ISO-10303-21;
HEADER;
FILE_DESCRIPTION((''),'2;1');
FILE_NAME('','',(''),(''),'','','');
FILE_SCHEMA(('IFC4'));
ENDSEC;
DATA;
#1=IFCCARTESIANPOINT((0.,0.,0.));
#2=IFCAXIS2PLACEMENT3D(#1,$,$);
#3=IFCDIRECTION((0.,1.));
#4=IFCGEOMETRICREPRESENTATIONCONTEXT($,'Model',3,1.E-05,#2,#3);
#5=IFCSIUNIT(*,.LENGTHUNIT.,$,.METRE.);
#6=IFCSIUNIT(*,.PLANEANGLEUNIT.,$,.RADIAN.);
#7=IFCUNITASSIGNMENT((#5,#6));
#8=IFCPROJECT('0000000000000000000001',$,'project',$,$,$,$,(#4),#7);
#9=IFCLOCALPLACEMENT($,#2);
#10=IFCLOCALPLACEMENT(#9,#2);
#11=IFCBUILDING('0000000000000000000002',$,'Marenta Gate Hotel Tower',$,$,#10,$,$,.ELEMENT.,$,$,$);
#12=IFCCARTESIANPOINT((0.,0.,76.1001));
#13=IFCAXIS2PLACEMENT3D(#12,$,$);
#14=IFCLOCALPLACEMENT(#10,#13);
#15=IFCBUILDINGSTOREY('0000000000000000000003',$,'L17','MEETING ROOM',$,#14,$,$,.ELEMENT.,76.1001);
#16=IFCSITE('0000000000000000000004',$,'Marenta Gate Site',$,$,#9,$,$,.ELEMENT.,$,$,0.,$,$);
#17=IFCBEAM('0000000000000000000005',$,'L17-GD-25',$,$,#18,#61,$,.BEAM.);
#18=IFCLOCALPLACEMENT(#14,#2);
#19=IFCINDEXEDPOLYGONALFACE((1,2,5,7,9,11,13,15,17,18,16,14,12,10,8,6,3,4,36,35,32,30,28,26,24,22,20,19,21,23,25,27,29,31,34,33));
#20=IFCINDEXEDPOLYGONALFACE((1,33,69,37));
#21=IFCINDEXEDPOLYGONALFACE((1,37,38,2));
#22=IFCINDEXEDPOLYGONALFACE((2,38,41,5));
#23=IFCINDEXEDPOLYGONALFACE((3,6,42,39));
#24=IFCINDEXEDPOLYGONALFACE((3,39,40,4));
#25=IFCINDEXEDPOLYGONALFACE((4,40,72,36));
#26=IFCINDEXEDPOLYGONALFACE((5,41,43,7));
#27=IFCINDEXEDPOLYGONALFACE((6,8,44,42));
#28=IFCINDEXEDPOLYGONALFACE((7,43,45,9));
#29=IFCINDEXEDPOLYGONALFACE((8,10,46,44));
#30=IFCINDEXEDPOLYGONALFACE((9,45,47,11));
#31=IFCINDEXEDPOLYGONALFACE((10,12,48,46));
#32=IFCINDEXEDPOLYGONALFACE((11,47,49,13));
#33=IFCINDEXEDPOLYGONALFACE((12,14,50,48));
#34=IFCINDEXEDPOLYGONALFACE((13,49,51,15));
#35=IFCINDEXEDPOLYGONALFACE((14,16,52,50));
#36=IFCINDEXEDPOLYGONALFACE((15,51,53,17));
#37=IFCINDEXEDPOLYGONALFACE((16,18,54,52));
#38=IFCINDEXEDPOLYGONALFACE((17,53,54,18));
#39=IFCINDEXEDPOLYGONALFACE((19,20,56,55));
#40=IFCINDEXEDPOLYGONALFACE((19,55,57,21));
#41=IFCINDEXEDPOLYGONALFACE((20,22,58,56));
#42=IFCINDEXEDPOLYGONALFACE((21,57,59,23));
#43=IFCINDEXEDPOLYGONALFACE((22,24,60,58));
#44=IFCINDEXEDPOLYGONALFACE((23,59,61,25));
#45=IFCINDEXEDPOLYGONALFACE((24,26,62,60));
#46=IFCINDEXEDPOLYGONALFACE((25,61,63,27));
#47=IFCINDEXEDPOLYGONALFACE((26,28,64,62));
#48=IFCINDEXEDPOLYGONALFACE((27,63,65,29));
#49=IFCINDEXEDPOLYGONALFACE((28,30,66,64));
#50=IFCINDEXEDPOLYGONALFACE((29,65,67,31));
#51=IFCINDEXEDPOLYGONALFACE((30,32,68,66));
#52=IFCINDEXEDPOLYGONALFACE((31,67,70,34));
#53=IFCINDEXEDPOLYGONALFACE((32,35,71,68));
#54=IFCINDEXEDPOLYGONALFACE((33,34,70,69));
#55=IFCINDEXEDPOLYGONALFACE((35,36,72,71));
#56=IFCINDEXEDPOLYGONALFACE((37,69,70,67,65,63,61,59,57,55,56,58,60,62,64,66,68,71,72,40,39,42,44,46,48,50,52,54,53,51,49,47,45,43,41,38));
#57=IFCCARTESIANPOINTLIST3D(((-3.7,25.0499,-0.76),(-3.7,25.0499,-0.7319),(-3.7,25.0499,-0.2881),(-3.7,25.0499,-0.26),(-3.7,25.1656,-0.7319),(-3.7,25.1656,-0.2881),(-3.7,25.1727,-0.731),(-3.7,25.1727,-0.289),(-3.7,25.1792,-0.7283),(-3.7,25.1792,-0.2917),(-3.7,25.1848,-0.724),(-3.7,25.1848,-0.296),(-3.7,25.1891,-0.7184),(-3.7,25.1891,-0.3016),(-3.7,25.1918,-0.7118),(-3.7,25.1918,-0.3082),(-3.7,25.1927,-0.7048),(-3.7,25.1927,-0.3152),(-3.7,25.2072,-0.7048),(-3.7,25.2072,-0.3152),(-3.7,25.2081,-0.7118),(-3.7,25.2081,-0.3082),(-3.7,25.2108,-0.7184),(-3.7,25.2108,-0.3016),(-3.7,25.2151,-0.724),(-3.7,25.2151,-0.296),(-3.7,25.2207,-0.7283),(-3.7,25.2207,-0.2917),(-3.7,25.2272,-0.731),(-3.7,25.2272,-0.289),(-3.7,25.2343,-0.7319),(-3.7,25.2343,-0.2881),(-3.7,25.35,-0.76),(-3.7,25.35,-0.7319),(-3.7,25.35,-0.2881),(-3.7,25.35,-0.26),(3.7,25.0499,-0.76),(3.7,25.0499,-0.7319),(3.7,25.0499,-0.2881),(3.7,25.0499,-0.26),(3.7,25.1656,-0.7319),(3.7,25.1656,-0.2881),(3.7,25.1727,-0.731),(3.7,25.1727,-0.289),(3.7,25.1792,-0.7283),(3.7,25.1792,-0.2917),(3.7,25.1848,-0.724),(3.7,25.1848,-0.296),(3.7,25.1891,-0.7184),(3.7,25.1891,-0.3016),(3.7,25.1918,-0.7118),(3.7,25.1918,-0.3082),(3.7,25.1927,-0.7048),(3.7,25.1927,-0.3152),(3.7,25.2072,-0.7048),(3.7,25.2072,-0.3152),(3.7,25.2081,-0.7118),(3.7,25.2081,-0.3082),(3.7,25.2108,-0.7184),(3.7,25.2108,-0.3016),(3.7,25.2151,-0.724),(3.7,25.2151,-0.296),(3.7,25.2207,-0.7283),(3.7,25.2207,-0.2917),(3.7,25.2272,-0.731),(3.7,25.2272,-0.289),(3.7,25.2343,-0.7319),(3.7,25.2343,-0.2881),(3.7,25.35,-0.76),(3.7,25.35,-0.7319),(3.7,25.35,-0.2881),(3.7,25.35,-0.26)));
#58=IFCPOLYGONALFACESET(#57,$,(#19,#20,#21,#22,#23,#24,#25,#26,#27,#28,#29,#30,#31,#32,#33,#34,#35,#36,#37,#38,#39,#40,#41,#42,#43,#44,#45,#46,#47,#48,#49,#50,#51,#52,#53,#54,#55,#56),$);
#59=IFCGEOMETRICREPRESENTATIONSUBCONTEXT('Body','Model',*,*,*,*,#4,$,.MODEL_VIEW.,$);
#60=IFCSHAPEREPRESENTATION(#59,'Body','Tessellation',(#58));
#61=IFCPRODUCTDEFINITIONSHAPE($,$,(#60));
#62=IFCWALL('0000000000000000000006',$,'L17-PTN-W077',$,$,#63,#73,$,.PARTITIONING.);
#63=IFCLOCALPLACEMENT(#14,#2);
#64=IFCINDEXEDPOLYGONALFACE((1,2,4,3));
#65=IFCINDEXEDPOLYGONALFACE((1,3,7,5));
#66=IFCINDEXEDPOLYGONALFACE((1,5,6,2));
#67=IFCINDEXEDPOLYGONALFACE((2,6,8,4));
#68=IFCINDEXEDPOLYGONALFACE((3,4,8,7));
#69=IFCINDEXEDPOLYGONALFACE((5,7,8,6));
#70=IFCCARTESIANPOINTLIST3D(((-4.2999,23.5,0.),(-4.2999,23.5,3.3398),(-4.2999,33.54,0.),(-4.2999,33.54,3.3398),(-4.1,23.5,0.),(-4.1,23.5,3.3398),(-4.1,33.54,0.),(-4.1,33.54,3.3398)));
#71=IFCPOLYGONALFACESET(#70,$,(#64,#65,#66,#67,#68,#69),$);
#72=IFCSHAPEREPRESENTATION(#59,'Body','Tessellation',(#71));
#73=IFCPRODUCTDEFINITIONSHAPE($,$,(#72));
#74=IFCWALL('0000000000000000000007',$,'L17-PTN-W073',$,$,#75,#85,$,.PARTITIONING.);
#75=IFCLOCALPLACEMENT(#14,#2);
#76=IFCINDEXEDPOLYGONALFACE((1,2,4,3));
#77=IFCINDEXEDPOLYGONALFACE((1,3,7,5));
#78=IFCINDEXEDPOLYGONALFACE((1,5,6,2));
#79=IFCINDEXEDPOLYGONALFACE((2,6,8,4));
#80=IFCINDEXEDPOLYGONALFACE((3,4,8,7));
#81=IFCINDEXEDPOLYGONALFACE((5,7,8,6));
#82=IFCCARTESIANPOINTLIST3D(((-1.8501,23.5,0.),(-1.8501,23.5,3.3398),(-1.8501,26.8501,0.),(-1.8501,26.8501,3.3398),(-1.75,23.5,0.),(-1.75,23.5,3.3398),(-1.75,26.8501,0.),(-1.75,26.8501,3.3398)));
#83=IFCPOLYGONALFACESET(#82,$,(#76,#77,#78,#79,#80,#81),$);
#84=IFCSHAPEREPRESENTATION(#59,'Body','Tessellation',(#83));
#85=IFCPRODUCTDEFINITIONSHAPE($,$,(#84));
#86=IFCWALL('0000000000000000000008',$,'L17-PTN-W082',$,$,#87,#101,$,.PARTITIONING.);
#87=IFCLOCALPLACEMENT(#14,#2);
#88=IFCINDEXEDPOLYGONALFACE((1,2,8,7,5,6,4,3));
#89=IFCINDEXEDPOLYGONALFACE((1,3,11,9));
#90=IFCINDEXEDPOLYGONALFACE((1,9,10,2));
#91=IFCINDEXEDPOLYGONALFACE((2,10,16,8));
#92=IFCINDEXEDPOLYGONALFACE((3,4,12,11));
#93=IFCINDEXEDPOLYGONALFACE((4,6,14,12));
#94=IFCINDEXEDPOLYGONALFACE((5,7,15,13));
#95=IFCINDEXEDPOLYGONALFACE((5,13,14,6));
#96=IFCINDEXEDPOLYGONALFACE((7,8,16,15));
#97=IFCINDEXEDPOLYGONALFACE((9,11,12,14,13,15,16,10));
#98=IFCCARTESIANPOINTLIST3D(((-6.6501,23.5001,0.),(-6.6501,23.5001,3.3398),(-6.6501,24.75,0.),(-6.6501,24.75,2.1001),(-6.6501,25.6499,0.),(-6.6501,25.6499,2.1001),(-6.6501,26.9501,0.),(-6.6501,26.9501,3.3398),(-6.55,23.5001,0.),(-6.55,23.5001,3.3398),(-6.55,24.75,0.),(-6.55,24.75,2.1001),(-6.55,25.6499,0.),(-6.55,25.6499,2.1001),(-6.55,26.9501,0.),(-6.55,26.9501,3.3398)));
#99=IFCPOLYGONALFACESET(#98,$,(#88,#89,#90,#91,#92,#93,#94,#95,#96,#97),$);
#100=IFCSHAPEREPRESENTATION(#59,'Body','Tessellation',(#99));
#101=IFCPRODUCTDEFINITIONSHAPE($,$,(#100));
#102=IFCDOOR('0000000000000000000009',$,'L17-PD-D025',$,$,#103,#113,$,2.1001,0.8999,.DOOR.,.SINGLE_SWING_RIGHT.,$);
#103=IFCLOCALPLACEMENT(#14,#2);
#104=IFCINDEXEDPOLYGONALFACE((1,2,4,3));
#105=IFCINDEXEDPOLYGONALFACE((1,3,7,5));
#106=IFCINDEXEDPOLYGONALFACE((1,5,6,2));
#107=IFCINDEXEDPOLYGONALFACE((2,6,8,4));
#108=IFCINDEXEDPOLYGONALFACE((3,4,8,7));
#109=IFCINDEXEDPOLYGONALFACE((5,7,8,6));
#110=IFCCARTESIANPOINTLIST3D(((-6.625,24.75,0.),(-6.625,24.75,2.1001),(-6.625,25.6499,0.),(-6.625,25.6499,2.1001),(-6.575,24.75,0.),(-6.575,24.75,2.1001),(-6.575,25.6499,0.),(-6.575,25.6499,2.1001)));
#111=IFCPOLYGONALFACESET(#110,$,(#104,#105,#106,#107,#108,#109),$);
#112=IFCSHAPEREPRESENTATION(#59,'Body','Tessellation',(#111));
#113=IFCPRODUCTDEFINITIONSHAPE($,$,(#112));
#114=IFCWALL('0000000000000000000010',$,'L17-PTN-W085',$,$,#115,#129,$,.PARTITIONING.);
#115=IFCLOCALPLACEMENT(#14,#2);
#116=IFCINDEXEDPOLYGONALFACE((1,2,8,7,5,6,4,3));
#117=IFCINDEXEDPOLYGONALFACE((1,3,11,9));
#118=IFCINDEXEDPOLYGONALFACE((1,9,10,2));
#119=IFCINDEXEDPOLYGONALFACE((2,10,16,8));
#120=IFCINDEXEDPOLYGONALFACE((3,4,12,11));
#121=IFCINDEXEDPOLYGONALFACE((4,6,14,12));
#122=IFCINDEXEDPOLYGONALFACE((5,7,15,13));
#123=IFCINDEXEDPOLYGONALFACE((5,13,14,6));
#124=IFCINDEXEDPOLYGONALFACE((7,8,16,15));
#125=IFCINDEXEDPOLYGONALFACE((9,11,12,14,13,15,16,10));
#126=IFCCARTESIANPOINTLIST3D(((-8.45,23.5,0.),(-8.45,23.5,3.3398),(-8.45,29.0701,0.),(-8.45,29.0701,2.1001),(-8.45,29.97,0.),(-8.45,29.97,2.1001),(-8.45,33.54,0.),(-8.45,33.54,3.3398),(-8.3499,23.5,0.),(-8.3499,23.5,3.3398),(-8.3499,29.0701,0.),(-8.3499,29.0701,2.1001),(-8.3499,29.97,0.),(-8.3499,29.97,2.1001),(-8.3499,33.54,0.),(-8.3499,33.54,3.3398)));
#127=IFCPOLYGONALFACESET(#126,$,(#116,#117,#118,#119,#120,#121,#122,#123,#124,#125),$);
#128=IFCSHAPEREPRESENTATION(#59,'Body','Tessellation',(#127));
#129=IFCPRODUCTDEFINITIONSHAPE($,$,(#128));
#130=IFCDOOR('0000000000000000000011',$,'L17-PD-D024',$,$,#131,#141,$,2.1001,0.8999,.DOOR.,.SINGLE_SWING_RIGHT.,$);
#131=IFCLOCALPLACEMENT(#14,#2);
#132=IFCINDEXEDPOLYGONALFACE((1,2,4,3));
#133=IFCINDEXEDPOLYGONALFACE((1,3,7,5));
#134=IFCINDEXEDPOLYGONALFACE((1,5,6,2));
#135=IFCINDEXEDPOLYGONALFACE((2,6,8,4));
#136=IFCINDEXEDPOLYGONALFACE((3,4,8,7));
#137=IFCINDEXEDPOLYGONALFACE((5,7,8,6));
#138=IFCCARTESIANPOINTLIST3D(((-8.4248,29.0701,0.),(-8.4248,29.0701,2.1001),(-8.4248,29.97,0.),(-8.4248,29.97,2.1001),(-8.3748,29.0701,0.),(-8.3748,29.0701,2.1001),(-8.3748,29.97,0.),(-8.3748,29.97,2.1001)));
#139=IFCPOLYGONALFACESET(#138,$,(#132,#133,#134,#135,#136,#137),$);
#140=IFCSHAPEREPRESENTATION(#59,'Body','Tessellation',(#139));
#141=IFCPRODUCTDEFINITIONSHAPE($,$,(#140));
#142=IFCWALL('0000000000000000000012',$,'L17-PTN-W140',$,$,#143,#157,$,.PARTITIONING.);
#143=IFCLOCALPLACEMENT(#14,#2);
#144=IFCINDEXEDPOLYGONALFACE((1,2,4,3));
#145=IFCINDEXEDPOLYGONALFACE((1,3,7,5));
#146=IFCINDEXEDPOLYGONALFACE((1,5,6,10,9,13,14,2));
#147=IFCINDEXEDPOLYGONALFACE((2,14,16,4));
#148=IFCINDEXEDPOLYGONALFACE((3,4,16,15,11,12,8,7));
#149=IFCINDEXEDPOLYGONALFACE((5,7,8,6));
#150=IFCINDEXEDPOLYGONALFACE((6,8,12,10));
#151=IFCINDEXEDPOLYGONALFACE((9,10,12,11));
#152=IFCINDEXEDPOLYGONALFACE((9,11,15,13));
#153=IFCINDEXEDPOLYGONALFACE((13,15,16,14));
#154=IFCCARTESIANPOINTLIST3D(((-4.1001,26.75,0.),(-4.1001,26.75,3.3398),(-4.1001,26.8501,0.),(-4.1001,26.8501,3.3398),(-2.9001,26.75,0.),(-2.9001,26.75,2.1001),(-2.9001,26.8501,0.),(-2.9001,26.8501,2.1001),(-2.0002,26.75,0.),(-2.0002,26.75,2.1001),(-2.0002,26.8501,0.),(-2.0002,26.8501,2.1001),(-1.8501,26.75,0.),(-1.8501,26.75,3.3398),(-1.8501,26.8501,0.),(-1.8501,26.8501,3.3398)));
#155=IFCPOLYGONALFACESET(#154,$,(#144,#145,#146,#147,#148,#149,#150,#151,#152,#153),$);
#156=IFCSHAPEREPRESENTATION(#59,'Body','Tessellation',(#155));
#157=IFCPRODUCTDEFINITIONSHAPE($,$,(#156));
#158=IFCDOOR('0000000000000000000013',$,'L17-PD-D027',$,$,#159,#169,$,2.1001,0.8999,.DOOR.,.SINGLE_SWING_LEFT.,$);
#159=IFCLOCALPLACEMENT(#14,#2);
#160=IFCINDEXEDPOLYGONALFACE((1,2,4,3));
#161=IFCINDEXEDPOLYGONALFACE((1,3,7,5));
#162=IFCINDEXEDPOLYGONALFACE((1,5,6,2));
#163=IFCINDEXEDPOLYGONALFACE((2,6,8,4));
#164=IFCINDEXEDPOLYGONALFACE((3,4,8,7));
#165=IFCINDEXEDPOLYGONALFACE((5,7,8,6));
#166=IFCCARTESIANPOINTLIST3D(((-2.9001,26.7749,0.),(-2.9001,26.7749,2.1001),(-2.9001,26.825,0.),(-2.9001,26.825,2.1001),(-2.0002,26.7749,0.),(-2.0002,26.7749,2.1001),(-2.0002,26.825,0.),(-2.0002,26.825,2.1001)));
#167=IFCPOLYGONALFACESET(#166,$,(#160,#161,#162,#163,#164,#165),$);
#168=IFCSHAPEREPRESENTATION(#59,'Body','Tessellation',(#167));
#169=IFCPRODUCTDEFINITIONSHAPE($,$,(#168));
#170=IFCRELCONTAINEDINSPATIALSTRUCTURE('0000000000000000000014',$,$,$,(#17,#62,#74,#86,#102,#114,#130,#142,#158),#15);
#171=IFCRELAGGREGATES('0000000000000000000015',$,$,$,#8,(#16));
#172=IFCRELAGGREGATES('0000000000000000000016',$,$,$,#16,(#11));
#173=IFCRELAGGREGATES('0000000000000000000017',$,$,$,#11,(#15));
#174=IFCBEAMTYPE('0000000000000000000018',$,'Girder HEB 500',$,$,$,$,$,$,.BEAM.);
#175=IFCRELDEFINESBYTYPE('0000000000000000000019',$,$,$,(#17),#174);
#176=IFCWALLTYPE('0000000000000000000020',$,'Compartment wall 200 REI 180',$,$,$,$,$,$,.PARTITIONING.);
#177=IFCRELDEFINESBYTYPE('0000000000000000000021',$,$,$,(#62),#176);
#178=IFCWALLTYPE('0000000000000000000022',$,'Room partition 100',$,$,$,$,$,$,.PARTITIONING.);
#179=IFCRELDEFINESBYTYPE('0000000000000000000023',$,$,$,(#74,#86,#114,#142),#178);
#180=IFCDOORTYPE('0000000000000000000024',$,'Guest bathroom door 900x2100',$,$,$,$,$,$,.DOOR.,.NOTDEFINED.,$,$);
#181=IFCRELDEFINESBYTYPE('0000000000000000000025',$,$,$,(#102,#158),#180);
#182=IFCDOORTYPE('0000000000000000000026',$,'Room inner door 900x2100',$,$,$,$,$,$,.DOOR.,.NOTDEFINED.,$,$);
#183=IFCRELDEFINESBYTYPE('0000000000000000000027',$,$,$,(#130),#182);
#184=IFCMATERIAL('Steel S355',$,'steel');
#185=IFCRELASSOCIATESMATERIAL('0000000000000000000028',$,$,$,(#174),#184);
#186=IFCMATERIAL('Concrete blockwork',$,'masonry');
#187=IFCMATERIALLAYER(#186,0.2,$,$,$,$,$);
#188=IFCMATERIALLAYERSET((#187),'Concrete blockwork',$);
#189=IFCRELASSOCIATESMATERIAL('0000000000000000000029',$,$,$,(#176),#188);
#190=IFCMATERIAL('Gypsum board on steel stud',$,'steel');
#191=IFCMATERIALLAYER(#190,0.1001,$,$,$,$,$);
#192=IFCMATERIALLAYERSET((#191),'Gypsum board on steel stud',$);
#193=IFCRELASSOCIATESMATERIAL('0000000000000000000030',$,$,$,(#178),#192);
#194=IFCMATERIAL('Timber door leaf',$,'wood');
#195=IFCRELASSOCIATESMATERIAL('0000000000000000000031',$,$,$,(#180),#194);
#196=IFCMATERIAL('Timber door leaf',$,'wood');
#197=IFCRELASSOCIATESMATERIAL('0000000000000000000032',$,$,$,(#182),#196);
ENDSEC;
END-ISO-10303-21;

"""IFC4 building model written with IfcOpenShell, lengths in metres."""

from ifc_helpers import new_model, si_unit, direction, frame, frame_2d, origin, origin_2d, place, context, subcontext, project, spatial, rectangle, i_section, extrude, material, layer, layer_set, material_profile, profile_set, type_object, element, fill, save


model = new_model("IFC4")

# Units and contexts
model_context = context("Model", 3, precision=1e-05, world=origin(), true_north=direction((0.0, 1.0)))
body_context = subcontext(model_context, "Body", "Model", "MODEL_VIEW")
ifc_project = project(units=[si_unit("LENGTHUNIT", "METRE"), si_unit("PLANEANGLEUNIT", "RADIAN")], contexts=[model_context])

# Site, building, storey
site_placement = place(None, origin())
site = spatial("IfcSite", under=ifc_project, at=site_placement, Name="Marenta Gate Site", CompositionType="ELEMENT", RefElevation=0.0)
building_placement = place(site_placement, origin())
building = spatial("IfcBuilding", under=site, at=building_placement, Name="Marenta Gate Hotel Tower", CompositionType="ELEMENT")
storey_placement = place(building_placement, frame((0.0, 0.0, 76.1001)))
storey = spatial("IfcBuildingStorey", under=building, at=storey_placement, Name="L17", Description="MEETING ROOM", CompositionType="ELEMENT", Elevation=76.1001)

# Beam
ifc_material_1 = material(Name="Steel S355", Category="steel")
ifc_material_profile_1 = material_profile(ifc_material_1, i_section(OverallWidth=0.3, OverallDepth=0.5, WebThickness=0.0144, FlangeThickness=0.0281, FilletRadius=0.0271, at=origin_2d()), Name="HEB 500")
ifc_profile_set_1 = profile_set([ifc_material_profile_1], Name="Steel S355")
beam_type_1 = type_object("IfcBeamType", Name="Girder HEB 500", PredefinedType="BEAM", material=ifc_profile_set_1)
beam_1_placement = place(storey_placement, frame((-3.7, 25.2, -0.51), z_axis=(1.0, 0.0, 0.0), x_axis=(0.0, 1.0, 0.0)))
element("IfcBeam", 1, at=beam_1_placement, inside=storey, type_object=beam_type_1, Name="L17-GD-25", PredefinedType="BEAM", context=body_context, shape_type="SweptSolid", body=[
    extrude(i_section(OverallWidth=0.3, OverallDepth=0.5, WebThickness=0.0144, FlangeThickness=0.0281, FilletRadius=0.0271, at=origin_2d()), origin(), (0.0, 0.0, 1.0), 7.3999),
])

# Walls
ifc_material_2 = material(Name="Concrete blockwork", Category="masonry")
ifc_layer_1 = layer(ifc_material_2, 0.2)
ifc_layer_set_1 = layer_set([ifc_layer_1], Name="Concrete blockwork")
wall_type_1 = type_object("IfcWallType", Name="Compartment wall 200 REI 180", PredefinedType="PARTITIONING", material=ifc_layer_set_1)
wall_1_placement = place(storey_placement, frame((-4.2, 23.5, 0.0), z_axis=(0.0, 0.0, 1.0), x_axis=(0.0, 1.0, 0.0)))
element("IfcWall", 2, at=wall_1_placement, inside=storey, type_object=wall_type_1, Name="L17-PTN-W077", PredefinedType="PARTITIONING", context=body_context, shape_type="SweptSolid", body=[
    extrude(rectangle(XDim=10.04, YDim=0.2, at=frame_2d((5.02, 0.0))), origin(), (0.0, 0.0, 1.0), 3.3398),
])
ifc_material_3 = material(Name="Gypsum board on steel stud", Category="steel")
ifc_layer_2 = layer(ifc_material_3, 0.1001)
ifc_layer_set_2 = layer_set([ifc_layer_2], Name="Gypsum board on steel stud")
wall_type_2 = type_object("IfcWallType", Name="Room partition 100", PredefinedType="PARTITIONING", material=ifc_layer_set_2)
wall_2_placement = place(storey_placement, frame((-1.8, 23.5, 0.0), z_axis=(0.0, 0.0, 1.0), x_axis=(0.0, 1.0, 0.0)))
element("IfcWall", 3, at=wall_2_placement, inside=storey, type_object=wall_type_2, Name="L17-PTN-W073", PredefinedType="PARTITIONING", context=body_context, shape_type="SweptSolid", body=[
    extrude(rectangle(XDim=3.3501, YDim=0.1001, at=frame_2d((1.675, 0.0))), origin(), (0.0, 0.0, 1.0), 3.3398),
])

# Walls, openings, doors
wall_3_placement = place(storey_placement, frame((-6.6001, 23.5, 0.0), z_axis=(0.0, 0.0, 1.0), x_axis=(0.0, 1.0, 0.0)))
wall_3 = element("IfcWall", 4, at=wall_3_placement, inside=storey, type_object=wall_type_2, Name="L17-PTN-W082", PredefinedType="PARTITIONING", context=body_context, shape_type="SweptSolid", body=[
    extrude(rectangle(XDim=3.45, YDim=0.1001, at=frame_2d((1.7251, 0.0))), origin(), (0.0, 0.0, 1.0), 3.3398),
])
opening_1_placement = place(wall_3_placement, frame((1.25, 0.0, 0.0)))
opening_1 = element("IfcOpeningElement", 5, at=opening_1_placement, cuts=wall_3, PredefinedType="OPENING", context=body_context, shape_type="SweptSolid", body=[
    extrude(rectangle(XDim=0.8999, YDim=2.1001, at=frame_2d((0.45, 1.05))), frame((0.0, 0.05, 0.0), z_axis=(0.0, -1.0, 0.0), x_axis=(1.0, 0.0, 0.0)), (0.0, 0.0, 1.0), 0.1001),
])
ifc_material_4 = material(Name="Timber door leaf", Category="wood")
door_type_1 = type_object("IfcDoorType", Name="Guest bathroom door 900x2100", OperationType="NOTDEFINED", PredefinedType="DOOR", material=ifc_material_4)
door_1_placement = place(opening_1_placement, origin())
door_1 = element("IfcDoor", 6, at=door_1_placement, inside=storey, type_object=door_type_1, Name="L17-PD-D025", OperationType="SINGLE_SWING_RIGHT", OverallHeight=2.1001, OverallWidth=0.8999, PredefinedType="DOOR", context=body_context, shape_type="SweptSolid", body=[
    extrude(rectangle(XDim=0.8999, YDim=2.1001, at=frame_2d((0.45, 1.05))), frame((0.0, 0.0249, 0.0), z_axis=(0.0, -1.0, 0.0), x_axis=(1.0, 0.0, 0.0)), (0.0, 0.0, 1.0), 0.05),
])
fill(opening_1, door_1)
wall_4_placement = place(storey_placement, frame((-8.3999, 23.5, 0.0), z_axis=(0.0, 0.0, 1.0), x_axis=(0.0, 1.0, 0.0)))
wall_4 = element("IfcWall", 7, at=wall_4_placement, inside=storey, type_object=wall_type_2, Name="L17-PTN-W085", PredefinedType="PARTITIONING", context=body_context, shape_type="SweptSolid", body=[
    extrude(rectangle(XDim=10.04, YDim=0.1001, at=frame_2d((5.02, 0.0))), origin(), (0.0, 0.0, 1.0), 3.3398),
])
opening_2_placement = place(wall_4_placement, frame((5.5701, 0.0, 0.0)))
opening_2 = element("IfcOpeningElement", 8, at=opening_2_placement, cuts=wall_4, PredefinedType="OPENING", context=body_context, shape_type="SweptSolid", body=[
    extrude(rectangle(XDim=0.8999, YDim=2.1001, at=frame_2d((0.45, 1.05))), frame((0.0, 0.05, 0.0), z_axis=(0.0, -1.0, 0.0), x_axis=(1.0, 0.0, 0.0)), (0.0, 0.0, 1.0), 0.1001),
])
ifc_material_5 = material(Name="Timber door leaf", Category="wood")
door_type_2 = type_object("IfcDoorType", Name="Room inner door 900x2100", OperationType="NOTDEFINED", PredefinedType="DOOR", material=ifc_material_5)
door_2_placement = place(opening_2_placement, origin())
door_2 = element("IfcDoor", 9, at=door_2_placement, inside=storey, type_object=door_type_2, Name="L17-PD-D024", OperationType="SINGLE_SWING_RIGHT", OverallHeight=2.1001, OverallWidth=0.8999, PredefinedType="DOOR", context=body_context, shape_type="SweptSolid", body=[
    extrude(rectangle(XDim=0.8999, YDim=2.1001, at=frame_2d((0.45, 1.05))), frame((0.0, 0.0249, 0.0), z_axis=(0.0, -1.0, 0.0), x_axis=(1.0, 0.0, 0.0)), (0.0, 0.0, 1.0), 0.05),
])
fill(opening_2, door_2)
wall_5_placement = place(storey_placement, frame((-4.1001, 26.8, 0.0), z_axis=(0.0, 0.0, 1.0), x_axis=(1.0, 0.0, 0.0)))
wall_5 = element("IfcWall", 10, at=wall_5_placement, inside=storey, type_object=wall_type_2, Name="L17-PTN-W140", PredefinedType="PARTITIONING", context=body_context, shape_type="SweptSolid", body=[
    extrude(rectangle(XDim=2.25, YDim=0.1001, at=frame_2d((1.125, 0.0))), origin(), (0.0, 0.0, 1.0), 3.3398),
])
opening_3_placement = place(wall_5_placement, frame((1.2, 0.0, 0.0)))
opening_3 = element("IfcOpeningElement", 11, at=opening_3_placement, cuts=wall_5, PredefinedType="OPENING", context=body_context, shape_type="SweptSolid", body=[
    extrude(rectangle(XDim=0.8999, YDim=2.1001, at=frame_2d((0.45, 1.05))), frame((0.0, 0.05, 0.0), z_axis=(0.0, -1.0, 0.0), x_axis=(1.0, 0.0, 0.0)), (0.0, 0.0, 1.0), 0.1001),
])
door_3_placement = place(opening_3_placement, origin())
door_3 = element("IfcDoor", 12, at=door_3_placement, inside=storey, type_object=door_type_1, Name="L17-PD-D027", OperationType="SINGLE_SWING_LEFT", OverallHeight=2.1001, OverallWidth=0.8999, PredefinedType="DOOR", context=body_context, shape_type="SweptSolid", body=[
    extrude(rectangle(XDim=0.8999, YDim=2.1001, at=frame_2d((0.45, 1.05))), frame((0.0, 0.0249, 0.0), z_axis=(0.0, -1.0, 0.0), x_axis=(1.0, 0.0, 0.0)), (0.0, 0.0, 1.0), 0.05),
])
fill(opening_3, door_3)

save(model, "model.ifc")
